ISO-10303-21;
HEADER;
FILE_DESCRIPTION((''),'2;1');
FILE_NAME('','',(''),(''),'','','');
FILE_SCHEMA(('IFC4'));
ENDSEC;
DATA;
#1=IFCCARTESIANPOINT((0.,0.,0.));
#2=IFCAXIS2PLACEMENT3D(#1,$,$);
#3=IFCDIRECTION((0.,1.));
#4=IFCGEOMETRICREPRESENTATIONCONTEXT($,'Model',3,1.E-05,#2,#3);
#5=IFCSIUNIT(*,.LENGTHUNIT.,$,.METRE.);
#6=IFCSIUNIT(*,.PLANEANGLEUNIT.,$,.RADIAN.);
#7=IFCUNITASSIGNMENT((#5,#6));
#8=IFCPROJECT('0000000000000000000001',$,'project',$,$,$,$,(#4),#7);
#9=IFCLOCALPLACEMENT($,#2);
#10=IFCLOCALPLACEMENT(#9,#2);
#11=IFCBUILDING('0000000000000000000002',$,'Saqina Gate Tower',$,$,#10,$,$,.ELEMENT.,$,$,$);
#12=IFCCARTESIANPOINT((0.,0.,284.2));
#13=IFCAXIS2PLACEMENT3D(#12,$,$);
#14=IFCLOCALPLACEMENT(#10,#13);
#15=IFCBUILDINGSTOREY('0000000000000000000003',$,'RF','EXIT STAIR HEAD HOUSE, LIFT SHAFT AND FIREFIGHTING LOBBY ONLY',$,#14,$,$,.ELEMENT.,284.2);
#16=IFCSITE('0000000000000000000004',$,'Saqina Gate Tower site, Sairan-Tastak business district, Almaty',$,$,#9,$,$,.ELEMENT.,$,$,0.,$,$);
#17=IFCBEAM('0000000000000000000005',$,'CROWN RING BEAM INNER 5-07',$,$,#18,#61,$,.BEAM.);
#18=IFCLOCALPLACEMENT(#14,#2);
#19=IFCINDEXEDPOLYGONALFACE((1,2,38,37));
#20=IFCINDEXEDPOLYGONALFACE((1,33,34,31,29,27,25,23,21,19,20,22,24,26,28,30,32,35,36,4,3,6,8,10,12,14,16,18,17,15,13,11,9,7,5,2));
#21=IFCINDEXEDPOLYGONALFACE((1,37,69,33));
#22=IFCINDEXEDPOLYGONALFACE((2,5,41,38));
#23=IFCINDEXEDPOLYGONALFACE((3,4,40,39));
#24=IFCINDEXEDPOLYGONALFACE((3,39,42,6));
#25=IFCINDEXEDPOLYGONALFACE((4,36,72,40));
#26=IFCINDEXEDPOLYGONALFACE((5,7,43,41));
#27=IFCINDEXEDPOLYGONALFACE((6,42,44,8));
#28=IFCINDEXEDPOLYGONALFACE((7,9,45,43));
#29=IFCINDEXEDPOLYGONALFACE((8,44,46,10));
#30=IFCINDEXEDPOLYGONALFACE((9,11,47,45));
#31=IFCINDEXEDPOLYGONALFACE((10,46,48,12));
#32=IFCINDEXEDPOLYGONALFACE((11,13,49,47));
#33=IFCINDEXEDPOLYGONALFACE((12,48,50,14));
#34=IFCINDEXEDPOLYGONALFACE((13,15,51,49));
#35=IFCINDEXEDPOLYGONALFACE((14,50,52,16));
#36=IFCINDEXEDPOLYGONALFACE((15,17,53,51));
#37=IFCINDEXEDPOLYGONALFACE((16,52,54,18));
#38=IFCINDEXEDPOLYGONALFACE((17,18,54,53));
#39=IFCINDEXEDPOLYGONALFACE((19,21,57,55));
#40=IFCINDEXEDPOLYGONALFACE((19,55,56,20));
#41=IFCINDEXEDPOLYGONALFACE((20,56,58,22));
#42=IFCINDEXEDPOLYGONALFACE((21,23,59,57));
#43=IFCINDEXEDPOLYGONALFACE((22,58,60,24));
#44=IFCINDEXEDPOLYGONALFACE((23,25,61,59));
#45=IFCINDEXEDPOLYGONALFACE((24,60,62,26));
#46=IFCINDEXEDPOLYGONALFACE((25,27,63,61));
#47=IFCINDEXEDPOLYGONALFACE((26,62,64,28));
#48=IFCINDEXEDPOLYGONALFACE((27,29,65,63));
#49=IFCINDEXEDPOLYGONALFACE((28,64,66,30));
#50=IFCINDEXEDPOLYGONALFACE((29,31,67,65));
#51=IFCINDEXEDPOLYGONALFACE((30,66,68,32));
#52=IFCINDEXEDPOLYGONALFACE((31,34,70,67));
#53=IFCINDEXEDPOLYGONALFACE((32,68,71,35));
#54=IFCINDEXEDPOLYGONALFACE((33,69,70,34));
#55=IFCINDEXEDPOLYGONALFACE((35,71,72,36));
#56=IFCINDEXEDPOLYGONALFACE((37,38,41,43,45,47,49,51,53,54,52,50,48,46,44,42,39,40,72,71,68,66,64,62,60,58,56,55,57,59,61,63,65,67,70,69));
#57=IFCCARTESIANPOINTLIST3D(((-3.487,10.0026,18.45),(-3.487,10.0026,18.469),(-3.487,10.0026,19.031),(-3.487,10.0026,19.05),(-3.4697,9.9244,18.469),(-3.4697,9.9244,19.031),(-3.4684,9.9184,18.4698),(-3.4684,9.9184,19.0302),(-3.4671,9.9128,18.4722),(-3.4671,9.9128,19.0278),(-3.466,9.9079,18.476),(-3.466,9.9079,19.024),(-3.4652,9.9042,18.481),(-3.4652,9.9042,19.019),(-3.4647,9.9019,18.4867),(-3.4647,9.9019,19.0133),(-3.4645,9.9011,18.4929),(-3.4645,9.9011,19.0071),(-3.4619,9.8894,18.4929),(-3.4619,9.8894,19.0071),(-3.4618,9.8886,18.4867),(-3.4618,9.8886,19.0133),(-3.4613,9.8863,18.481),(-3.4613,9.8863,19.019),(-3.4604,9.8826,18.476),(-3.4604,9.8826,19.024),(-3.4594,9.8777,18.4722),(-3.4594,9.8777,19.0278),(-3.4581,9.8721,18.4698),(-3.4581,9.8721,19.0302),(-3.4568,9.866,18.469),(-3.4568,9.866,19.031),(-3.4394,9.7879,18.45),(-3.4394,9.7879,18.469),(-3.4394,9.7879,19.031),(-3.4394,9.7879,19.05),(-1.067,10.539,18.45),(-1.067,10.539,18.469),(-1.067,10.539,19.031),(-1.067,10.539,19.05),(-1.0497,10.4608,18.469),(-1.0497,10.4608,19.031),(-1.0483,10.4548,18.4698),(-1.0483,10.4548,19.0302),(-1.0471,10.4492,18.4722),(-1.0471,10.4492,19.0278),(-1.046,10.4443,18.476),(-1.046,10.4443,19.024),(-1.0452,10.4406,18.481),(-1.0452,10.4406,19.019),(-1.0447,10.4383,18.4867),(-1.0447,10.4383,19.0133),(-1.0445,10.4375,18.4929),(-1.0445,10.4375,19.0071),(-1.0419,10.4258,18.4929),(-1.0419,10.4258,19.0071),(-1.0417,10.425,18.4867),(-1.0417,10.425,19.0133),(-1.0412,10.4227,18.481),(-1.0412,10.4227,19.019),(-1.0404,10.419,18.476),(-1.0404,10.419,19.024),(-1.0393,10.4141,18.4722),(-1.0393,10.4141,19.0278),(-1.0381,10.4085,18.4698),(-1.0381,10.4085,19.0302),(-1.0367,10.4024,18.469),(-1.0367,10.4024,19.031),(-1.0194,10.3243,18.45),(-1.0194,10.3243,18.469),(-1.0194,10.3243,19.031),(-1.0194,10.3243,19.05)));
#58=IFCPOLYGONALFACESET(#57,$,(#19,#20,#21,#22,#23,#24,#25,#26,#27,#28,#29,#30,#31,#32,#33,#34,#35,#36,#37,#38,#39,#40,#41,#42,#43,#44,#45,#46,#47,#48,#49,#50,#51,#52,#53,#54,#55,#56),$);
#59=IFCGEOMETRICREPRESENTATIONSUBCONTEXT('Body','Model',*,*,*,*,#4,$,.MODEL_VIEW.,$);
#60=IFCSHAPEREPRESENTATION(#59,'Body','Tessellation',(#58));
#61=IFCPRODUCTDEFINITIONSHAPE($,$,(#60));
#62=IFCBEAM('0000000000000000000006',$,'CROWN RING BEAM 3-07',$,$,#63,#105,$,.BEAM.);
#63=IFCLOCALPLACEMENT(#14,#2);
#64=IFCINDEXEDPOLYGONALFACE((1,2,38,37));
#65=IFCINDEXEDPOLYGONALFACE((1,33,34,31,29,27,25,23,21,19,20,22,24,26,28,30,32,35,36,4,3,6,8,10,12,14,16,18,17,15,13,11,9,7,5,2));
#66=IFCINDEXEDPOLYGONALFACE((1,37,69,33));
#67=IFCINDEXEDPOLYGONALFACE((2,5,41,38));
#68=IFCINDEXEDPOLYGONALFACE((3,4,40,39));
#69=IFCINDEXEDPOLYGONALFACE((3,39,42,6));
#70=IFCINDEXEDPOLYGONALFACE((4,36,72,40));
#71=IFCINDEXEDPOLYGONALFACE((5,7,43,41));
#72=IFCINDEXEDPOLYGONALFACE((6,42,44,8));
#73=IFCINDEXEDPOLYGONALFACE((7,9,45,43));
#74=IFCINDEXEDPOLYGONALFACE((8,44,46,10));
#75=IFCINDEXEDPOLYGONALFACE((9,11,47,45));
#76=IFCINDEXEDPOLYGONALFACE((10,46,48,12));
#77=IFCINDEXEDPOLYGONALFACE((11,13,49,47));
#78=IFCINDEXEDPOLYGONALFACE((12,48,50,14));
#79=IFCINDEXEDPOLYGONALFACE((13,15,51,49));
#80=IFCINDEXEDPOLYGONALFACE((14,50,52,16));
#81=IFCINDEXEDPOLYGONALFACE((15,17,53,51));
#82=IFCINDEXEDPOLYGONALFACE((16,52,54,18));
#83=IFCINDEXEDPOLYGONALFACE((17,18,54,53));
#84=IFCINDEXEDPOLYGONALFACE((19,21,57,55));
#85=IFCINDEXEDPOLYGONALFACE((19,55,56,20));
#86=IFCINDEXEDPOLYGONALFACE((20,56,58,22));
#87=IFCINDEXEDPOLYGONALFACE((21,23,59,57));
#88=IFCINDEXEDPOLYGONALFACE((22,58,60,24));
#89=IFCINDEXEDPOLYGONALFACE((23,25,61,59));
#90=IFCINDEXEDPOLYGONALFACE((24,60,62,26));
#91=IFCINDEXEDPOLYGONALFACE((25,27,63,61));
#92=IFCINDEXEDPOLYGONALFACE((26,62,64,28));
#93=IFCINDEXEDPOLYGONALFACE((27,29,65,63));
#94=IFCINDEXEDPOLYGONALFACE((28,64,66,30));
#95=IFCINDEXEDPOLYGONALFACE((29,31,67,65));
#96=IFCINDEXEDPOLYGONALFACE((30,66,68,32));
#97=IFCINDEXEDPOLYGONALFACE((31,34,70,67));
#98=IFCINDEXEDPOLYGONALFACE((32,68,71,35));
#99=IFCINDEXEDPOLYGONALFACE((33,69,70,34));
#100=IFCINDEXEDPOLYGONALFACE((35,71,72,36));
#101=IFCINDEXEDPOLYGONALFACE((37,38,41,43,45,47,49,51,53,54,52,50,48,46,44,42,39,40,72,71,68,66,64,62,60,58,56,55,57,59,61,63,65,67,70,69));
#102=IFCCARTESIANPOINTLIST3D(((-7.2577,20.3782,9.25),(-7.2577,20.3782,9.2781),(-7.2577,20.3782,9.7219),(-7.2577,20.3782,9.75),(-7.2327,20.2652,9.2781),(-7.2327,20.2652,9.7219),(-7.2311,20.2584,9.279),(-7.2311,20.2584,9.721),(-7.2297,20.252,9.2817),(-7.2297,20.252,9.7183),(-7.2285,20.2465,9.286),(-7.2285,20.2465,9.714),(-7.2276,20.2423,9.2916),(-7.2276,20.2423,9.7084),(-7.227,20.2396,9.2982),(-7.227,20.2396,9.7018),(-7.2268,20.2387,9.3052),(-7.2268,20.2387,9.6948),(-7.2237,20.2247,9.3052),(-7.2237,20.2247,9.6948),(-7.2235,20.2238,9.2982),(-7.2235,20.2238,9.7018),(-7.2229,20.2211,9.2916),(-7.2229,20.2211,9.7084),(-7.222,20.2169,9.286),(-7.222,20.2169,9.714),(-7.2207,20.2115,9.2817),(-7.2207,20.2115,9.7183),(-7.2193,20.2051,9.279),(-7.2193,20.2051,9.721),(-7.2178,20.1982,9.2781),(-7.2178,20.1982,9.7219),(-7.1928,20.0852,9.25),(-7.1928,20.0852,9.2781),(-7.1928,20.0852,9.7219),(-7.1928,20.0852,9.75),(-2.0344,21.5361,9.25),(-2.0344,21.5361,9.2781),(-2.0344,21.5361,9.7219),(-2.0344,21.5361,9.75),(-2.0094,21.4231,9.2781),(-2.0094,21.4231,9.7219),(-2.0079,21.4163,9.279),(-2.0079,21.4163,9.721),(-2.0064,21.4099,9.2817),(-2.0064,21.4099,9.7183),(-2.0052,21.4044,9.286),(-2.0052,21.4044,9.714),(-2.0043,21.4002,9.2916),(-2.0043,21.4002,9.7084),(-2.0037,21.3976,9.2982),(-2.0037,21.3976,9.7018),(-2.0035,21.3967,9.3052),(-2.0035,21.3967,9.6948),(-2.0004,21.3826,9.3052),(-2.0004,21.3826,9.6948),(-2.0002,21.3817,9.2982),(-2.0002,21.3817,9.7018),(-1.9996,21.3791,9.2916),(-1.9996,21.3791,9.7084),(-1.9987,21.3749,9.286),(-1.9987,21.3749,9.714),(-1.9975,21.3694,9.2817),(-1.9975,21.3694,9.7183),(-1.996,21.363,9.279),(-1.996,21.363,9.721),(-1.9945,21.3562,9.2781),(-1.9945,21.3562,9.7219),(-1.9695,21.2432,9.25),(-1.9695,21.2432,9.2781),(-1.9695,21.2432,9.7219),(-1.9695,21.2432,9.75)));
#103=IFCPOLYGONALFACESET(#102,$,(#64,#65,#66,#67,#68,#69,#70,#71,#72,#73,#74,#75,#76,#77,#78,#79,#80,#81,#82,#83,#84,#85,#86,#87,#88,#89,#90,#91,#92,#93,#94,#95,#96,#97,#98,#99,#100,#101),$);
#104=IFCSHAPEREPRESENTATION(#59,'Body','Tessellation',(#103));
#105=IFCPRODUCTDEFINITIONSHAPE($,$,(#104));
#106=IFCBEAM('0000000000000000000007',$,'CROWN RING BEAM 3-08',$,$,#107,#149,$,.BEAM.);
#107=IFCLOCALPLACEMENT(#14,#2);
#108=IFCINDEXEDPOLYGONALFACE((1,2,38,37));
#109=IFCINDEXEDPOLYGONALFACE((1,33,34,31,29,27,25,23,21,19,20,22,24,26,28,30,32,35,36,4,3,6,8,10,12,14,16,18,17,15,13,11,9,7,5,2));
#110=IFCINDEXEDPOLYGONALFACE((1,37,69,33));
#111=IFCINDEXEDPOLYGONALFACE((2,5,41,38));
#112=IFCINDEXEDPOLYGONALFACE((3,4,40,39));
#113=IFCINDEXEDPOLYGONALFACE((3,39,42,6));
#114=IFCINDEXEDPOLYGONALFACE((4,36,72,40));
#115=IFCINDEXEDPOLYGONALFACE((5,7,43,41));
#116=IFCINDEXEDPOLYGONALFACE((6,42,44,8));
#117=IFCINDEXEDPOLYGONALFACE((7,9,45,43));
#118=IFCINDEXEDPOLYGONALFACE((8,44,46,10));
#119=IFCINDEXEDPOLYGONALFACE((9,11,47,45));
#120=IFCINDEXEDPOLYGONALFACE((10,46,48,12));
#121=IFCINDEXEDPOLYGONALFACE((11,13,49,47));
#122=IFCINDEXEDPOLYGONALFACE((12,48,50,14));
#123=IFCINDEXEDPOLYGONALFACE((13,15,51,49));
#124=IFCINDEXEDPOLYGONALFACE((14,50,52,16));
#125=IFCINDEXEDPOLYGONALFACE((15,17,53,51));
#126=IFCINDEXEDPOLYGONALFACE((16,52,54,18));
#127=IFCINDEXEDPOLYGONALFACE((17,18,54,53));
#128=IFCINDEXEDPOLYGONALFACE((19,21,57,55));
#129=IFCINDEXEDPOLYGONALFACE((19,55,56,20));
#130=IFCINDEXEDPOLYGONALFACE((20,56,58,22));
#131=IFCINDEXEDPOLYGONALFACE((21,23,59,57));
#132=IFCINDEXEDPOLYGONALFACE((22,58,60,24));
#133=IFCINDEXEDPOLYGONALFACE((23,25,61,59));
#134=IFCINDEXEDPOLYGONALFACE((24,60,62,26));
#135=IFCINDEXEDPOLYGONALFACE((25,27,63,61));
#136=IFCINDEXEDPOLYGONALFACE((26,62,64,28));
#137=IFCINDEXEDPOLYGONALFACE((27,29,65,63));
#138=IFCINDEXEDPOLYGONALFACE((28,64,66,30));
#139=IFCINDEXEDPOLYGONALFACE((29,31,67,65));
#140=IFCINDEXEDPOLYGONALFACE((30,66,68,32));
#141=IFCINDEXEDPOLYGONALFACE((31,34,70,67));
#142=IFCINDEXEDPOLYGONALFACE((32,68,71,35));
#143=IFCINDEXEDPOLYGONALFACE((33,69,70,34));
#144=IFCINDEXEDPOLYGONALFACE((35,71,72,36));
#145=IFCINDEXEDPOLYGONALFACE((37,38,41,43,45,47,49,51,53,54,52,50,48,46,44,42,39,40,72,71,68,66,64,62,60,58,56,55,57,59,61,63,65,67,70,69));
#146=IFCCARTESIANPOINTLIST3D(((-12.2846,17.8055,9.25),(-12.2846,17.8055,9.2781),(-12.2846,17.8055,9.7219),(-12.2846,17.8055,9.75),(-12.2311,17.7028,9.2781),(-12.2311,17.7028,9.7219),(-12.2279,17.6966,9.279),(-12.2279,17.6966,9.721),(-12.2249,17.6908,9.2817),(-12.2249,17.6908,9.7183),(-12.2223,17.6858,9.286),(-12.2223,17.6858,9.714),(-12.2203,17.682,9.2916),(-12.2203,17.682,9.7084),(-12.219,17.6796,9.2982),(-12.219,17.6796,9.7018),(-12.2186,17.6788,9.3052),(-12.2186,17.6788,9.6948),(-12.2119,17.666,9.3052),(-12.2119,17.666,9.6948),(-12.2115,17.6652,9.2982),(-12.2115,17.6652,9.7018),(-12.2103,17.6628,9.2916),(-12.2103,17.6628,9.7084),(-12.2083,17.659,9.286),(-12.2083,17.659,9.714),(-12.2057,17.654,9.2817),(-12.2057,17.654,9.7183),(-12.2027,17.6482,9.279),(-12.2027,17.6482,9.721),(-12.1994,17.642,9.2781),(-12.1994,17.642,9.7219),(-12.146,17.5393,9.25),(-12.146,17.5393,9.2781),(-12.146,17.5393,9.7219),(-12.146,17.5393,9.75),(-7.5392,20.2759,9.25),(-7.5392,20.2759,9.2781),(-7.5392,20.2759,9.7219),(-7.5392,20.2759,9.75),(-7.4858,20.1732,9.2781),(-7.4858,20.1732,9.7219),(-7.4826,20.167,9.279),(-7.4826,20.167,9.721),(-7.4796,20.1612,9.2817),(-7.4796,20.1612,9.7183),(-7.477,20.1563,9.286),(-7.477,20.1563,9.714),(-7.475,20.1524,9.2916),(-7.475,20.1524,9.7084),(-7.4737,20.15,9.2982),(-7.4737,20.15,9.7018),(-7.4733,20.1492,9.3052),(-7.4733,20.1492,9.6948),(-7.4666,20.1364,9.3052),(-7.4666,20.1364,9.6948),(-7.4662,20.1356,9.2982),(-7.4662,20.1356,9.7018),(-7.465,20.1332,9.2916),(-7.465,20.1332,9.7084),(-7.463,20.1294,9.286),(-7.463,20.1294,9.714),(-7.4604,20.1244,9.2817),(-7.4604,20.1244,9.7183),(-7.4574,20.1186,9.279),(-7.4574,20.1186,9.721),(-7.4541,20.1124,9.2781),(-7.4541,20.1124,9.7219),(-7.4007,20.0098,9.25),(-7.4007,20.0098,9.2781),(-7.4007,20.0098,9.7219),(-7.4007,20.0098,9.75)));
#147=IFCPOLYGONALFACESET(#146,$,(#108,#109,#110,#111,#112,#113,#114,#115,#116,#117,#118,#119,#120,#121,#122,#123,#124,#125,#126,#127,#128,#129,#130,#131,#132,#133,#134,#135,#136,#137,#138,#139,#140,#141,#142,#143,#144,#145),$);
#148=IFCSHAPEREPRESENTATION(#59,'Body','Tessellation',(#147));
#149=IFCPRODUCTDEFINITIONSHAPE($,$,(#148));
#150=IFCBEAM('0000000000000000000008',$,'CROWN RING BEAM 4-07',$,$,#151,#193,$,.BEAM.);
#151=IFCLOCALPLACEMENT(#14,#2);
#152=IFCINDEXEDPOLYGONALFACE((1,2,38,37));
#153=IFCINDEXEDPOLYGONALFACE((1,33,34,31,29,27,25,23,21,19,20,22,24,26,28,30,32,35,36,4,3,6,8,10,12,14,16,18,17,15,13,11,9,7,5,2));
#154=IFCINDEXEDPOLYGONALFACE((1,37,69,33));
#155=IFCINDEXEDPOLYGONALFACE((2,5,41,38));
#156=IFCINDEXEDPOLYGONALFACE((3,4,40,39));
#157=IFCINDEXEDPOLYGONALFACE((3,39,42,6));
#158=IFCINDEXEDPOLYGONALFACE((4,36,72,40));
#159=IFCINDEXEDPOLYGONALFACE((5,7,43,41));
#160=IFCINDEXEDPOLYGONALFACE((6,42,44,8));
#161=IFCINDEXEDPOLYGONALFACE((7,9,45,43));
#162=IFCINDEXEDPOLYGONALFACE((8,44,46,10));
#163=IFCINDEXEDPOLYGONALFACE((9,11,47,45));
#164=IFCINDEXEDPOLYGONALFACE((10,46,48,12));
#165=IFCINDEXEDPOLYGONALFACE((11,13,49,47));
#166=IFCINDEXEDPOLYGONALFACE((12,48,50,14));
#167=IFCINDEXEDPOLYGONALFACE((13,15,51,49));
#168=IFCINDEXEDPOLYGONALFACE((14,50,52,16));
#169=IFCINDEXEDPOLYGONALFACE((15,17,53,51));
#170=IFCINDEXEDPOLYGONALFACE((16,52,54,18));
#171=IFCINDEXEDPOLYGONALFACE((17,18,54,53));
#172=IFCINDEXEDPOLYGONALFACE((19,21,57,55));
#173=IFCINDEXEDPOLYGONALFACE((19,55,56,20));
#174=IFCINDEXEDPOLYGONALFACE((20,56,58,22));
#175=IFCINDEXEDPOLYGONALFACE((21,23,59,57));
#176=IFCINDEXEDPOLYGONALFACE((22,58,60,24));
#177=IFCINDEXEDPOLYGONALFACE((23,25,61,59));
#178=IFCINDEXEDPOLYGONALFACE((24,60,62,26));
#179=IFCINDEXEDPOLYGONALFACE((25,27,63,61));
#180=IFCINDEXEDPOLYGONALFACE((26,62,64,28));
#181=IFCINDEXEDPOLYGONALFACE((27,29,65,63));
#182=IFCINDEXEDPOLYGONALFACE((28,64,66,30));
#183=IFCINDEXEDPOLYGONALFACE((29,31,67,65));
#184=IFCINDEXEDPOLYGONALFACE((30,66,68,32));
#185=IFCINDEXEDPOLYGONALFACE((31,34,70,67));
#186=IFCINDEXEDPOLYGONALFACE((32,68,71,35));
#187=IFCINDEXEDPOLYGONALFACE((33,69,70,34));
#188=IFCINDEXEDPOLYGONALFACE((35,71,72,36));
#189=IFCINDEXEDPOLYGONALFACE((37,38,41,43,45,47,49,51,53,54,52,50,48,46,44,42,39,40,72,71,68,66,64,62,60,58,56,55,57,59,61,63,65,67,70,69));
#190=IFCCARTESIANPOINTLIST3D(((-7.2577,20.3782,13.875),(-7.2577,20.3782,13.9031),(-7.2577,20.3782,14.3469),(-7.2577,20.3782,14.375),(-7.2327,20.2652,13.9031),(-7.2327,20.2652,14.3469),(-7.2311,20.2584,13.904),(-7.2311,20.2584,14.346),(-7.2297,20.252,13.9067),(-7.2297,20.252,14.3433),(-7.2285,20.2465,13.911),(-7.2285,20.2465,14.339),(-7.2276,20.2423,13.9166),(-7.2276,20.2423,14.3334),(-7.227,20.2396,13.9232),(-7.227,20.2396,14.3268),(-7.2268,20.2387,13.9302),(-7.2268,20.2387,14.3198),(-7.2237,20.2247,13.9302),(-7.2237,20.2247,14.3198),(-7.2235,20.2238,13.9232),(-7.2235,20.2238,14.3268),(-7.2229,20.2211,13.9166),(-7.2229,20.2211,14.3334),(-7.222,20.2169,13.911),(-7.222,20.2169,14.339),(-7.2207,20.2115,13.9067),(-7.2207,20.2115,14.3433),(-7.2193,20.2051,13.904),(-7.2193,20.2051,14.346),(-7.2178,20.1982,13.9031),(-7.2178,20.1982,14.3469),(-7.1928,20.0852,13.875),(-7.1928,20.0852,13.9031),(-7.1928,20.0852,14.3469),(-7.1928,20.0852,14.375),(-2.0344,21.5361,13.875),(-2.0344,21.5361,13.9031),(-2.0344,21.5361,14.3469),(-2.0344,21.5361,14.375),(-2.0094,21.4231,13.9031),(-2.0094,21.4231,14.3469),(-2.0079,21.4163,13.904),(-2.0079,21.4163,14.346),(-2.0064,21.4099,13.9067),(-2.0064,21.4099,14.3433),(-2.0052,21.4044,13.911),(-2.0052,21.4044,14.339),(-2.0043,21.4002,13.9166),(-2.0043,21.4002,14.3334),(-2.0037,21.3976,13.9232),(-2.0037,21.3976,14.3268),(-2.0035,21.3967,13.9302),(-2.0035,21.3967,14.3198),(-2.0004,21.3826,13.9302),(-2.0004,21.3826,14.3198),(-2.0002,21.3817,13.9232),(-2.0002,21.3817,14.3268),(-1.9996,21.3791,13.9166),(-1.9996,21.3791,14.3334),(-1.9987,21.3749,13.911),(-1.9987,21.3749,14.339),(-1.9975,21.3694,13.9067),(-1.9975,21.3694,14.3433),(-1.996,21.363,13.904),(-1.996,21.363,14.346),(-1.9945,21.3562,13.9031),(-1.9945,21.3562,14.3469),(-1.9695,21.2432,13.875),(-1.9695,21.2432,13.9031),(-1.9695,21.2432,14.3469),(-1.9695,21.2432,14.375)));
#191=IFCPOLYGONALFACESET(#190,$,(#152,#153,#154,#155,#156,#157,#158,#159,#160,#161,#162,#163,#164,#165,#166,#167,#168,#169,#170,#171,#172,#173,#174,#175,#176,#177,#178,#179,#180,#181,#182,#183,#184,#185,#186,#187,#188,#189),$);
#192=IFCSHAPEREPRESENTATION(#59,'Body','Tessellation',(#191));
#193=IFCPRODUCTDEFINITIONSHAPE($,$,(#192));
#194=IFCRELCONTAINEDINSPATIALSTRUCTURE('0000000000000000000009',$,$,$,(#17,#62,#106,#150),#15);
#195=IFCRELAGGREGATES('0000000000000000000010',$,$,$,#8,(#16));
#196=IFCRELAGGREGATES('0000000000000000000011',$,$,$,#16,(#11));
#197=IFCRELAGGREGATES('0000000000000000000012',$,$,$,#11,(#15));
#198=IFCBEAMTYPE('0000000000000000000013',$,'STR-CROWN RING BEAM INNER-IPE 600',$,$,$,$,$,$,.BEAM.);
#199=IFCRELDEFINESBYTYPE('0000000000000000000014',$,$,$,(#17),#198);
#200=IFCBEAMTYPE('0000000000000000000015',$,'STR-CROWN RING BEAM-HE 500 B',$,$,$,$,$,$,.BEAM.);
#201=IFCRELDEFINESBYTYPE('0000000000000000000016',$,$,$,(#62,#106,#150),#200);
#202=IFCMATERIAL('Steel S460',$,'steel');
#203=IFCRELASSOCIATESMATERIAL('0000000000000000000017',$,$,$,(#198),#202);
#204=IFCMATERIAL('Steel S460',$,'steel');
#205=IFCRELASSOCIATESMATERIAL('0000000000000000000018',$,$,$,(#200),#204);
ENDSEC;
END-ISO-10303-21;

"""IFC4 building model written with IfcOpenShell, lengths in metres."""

from ifc_helpers import new_model, si_unit, direction, frame, origin, origin_2d, place, context, subcontext, project, spatial, i_section, extrude, material, material_profile, profile_set, type_object, element, save


model = new_model("IFC4")

# Units and contexts
model_context = context("Model", 3, precision=1e-05, world=origin(), true_north=direction((0.0, 1.0)))
body_context = subcontext(model_context, "Body", "Model", "MODEL_VIEW")
ifc_project = project(units=[si_unit("LENGTHUNIT", "METRE"), si_unit("PLANEANGLEUNIT", "RADIAN")], contexts=[model_context])

# Site, building, storey
site_placement = place(None, origin())
site = spatial("IfcSite", under=ifc_project, at=site_placement, Name="Saqina Gate Tower site, Sairan-Tastak business district, Almaty", CompositionType="ELEMENT", RefElevation=0.0)
building_placement = place(site_placement, origin())
building = spatial("IfcBuilding", under=site, at=building_placement, Name="Saqina Gate Tower", CompositionType="ELEMENT")
storey_placement = place(building_placement, frame((0.0, 0.0, 284.2)))
storey = spatial("IfcBuildingStorey", under=building, at=storey_placement, Name="RF", Description="EXIT STAIR HEAD HOUSE, LIFT SHAFT AND FIREFIGHTING LOBBY ONLY", CompositionType="ELEMENT", Elevation=284.2)

# Beams
ifc_material_1 = material(Name="Steel S460", Category="steel")
ifc_material_profile_1 = material_profile(ifc_material_1, i_section(OverallWidth=0.22, OverallDepth=0.6001, WebThickness=0.012, FlangeThickness=0.019, FilletRadius=0.0239, at=origin_2d()), Name="IPE 600")
ifc_profile_set_1 = profile_set([ifc_material_profile_1], Name="Steel S460")
beam_type_1 = type_object("IfcBeamType", Name="STR-CROWN RING BEAM INNER-IPE 600", PredefinedType="BEAM", material=ifc_profile_set_1)
for number, where, z_axis, x_axis, name in (
    (1, (-1.0432, 10.4316, 18.75), (-0.976305, -0.216399, 0.0), (0.216399, -0.976305, 0.0), "CROWN RING BEAM INNER 5-07"),
):
    element("IfcBeam", number, at=place(storey_placement, frame(where, z_axis=z_axis, x_axis=x_axis)), inside=storey, type_object=beam_type_1, Name=name, PredefinedType="BEAM", context=body_context, shape_type="SweptSolid", body=[
        extrude(i_section(OverallWidth=0.22, OverallDepth=0.6001, WebThickness=0.012, FlangeThickness=0.019, FilletRadius=0.0239, at=origin_2d()), origin(), (0.0, 0.0, 1.0), 2.4788),
    ])
ifc_material_2 = material(Name="Steel S460", Category="steel")
ifc_material_profile_2 = material_profile(ifc_material_2, i_section(OverallWidth=0.3, OverallDepth=0.5, WebThickness=0.0144, FlangeThickness=0.0281, FilletRadius=0.0271, at=origin_2d()), Name="HE 500 B")
ifc_profile_set_2 = profile_set([ifc_material_profile_2], Name="Steel S460")
beam_type_2 = type_object("IfcBeamType", Name="STR-CROWN RING BEAM-HE 500 B", PredefinedType="BEAM", material=ifc_profile_set_2)
beam_1_placement = place(storey_placement, frame((-2.002, 21.3896, 9.5), z_axis=(-0.976298, -0.216433, 0.0), x_axis=(0.216433, -0.976298, 0.0)))
element("IfcBeam", 2, at=beam_1_placement, inside=storey, type_object=beam_type_2, Name="CROWN RING BEAM 3-07", PredefinedType="BEAM", context=body_context, shape_type="SweptSolid", body=[
    extrude(i_section(OverallWidth=0.3, OverallDepth=0.5, WebThickness=0.0144, FlangeThickness=0.0281, FilletRadius=0.0271, at=origin_2d()), origin(), (0.0, 0.0, 1.0), 5.3501),
])
beam_2_placement = place(storey_placement, frame((-7.47, 20.1428, 9.5), z_axis=(-0.886997, -0.461775, 0.0), x_axis=(0.461775, -0.886997, 0.0)))
element("IfcBeam", 3, at=beam_2_placement, inside=storey, type_object=beam_type_2, Name="CROWN RING BEAM 3-08", PredefinedType="BEAM", context=body_context, shape_type="SweptSolid", body=[
    extrude(i_section(OverallWidth=0.3, OverallDepth=0.5, WebThickness=0.0144, FlangeThickness=0.0281, FilletRadius=0.0271, at=origin_2d()), origin(), (0.0, 0.0, 1.0), 5.3499),
])
beam_3_placement = place(storey_placement, frame((-2.002, 21.3896, 14.125), z_axis=(-0.976298, -0.216433, 0.0), x_axis=(0.216433, -0.976298, 0.0)))
element("IfcBeam", 4, at=beam_3_placement, inside=storey, type_object=beam_type_2, Name="CROWN RING BEAM 4-07", PredefinedType="BEAM", context=body_context, shape_type="SweptSolid", body=[
    extrude(i_section(OverallWidth=0.3, OverallDepth=0.5, WebThickness=0.0144, FlangeThickness=0.0281, FilletRadius=0.0271, at=origin_2d()), origin(), (0.0, 0.0, 1.0), 5.3501),
])

save(model, "model.ifc")
